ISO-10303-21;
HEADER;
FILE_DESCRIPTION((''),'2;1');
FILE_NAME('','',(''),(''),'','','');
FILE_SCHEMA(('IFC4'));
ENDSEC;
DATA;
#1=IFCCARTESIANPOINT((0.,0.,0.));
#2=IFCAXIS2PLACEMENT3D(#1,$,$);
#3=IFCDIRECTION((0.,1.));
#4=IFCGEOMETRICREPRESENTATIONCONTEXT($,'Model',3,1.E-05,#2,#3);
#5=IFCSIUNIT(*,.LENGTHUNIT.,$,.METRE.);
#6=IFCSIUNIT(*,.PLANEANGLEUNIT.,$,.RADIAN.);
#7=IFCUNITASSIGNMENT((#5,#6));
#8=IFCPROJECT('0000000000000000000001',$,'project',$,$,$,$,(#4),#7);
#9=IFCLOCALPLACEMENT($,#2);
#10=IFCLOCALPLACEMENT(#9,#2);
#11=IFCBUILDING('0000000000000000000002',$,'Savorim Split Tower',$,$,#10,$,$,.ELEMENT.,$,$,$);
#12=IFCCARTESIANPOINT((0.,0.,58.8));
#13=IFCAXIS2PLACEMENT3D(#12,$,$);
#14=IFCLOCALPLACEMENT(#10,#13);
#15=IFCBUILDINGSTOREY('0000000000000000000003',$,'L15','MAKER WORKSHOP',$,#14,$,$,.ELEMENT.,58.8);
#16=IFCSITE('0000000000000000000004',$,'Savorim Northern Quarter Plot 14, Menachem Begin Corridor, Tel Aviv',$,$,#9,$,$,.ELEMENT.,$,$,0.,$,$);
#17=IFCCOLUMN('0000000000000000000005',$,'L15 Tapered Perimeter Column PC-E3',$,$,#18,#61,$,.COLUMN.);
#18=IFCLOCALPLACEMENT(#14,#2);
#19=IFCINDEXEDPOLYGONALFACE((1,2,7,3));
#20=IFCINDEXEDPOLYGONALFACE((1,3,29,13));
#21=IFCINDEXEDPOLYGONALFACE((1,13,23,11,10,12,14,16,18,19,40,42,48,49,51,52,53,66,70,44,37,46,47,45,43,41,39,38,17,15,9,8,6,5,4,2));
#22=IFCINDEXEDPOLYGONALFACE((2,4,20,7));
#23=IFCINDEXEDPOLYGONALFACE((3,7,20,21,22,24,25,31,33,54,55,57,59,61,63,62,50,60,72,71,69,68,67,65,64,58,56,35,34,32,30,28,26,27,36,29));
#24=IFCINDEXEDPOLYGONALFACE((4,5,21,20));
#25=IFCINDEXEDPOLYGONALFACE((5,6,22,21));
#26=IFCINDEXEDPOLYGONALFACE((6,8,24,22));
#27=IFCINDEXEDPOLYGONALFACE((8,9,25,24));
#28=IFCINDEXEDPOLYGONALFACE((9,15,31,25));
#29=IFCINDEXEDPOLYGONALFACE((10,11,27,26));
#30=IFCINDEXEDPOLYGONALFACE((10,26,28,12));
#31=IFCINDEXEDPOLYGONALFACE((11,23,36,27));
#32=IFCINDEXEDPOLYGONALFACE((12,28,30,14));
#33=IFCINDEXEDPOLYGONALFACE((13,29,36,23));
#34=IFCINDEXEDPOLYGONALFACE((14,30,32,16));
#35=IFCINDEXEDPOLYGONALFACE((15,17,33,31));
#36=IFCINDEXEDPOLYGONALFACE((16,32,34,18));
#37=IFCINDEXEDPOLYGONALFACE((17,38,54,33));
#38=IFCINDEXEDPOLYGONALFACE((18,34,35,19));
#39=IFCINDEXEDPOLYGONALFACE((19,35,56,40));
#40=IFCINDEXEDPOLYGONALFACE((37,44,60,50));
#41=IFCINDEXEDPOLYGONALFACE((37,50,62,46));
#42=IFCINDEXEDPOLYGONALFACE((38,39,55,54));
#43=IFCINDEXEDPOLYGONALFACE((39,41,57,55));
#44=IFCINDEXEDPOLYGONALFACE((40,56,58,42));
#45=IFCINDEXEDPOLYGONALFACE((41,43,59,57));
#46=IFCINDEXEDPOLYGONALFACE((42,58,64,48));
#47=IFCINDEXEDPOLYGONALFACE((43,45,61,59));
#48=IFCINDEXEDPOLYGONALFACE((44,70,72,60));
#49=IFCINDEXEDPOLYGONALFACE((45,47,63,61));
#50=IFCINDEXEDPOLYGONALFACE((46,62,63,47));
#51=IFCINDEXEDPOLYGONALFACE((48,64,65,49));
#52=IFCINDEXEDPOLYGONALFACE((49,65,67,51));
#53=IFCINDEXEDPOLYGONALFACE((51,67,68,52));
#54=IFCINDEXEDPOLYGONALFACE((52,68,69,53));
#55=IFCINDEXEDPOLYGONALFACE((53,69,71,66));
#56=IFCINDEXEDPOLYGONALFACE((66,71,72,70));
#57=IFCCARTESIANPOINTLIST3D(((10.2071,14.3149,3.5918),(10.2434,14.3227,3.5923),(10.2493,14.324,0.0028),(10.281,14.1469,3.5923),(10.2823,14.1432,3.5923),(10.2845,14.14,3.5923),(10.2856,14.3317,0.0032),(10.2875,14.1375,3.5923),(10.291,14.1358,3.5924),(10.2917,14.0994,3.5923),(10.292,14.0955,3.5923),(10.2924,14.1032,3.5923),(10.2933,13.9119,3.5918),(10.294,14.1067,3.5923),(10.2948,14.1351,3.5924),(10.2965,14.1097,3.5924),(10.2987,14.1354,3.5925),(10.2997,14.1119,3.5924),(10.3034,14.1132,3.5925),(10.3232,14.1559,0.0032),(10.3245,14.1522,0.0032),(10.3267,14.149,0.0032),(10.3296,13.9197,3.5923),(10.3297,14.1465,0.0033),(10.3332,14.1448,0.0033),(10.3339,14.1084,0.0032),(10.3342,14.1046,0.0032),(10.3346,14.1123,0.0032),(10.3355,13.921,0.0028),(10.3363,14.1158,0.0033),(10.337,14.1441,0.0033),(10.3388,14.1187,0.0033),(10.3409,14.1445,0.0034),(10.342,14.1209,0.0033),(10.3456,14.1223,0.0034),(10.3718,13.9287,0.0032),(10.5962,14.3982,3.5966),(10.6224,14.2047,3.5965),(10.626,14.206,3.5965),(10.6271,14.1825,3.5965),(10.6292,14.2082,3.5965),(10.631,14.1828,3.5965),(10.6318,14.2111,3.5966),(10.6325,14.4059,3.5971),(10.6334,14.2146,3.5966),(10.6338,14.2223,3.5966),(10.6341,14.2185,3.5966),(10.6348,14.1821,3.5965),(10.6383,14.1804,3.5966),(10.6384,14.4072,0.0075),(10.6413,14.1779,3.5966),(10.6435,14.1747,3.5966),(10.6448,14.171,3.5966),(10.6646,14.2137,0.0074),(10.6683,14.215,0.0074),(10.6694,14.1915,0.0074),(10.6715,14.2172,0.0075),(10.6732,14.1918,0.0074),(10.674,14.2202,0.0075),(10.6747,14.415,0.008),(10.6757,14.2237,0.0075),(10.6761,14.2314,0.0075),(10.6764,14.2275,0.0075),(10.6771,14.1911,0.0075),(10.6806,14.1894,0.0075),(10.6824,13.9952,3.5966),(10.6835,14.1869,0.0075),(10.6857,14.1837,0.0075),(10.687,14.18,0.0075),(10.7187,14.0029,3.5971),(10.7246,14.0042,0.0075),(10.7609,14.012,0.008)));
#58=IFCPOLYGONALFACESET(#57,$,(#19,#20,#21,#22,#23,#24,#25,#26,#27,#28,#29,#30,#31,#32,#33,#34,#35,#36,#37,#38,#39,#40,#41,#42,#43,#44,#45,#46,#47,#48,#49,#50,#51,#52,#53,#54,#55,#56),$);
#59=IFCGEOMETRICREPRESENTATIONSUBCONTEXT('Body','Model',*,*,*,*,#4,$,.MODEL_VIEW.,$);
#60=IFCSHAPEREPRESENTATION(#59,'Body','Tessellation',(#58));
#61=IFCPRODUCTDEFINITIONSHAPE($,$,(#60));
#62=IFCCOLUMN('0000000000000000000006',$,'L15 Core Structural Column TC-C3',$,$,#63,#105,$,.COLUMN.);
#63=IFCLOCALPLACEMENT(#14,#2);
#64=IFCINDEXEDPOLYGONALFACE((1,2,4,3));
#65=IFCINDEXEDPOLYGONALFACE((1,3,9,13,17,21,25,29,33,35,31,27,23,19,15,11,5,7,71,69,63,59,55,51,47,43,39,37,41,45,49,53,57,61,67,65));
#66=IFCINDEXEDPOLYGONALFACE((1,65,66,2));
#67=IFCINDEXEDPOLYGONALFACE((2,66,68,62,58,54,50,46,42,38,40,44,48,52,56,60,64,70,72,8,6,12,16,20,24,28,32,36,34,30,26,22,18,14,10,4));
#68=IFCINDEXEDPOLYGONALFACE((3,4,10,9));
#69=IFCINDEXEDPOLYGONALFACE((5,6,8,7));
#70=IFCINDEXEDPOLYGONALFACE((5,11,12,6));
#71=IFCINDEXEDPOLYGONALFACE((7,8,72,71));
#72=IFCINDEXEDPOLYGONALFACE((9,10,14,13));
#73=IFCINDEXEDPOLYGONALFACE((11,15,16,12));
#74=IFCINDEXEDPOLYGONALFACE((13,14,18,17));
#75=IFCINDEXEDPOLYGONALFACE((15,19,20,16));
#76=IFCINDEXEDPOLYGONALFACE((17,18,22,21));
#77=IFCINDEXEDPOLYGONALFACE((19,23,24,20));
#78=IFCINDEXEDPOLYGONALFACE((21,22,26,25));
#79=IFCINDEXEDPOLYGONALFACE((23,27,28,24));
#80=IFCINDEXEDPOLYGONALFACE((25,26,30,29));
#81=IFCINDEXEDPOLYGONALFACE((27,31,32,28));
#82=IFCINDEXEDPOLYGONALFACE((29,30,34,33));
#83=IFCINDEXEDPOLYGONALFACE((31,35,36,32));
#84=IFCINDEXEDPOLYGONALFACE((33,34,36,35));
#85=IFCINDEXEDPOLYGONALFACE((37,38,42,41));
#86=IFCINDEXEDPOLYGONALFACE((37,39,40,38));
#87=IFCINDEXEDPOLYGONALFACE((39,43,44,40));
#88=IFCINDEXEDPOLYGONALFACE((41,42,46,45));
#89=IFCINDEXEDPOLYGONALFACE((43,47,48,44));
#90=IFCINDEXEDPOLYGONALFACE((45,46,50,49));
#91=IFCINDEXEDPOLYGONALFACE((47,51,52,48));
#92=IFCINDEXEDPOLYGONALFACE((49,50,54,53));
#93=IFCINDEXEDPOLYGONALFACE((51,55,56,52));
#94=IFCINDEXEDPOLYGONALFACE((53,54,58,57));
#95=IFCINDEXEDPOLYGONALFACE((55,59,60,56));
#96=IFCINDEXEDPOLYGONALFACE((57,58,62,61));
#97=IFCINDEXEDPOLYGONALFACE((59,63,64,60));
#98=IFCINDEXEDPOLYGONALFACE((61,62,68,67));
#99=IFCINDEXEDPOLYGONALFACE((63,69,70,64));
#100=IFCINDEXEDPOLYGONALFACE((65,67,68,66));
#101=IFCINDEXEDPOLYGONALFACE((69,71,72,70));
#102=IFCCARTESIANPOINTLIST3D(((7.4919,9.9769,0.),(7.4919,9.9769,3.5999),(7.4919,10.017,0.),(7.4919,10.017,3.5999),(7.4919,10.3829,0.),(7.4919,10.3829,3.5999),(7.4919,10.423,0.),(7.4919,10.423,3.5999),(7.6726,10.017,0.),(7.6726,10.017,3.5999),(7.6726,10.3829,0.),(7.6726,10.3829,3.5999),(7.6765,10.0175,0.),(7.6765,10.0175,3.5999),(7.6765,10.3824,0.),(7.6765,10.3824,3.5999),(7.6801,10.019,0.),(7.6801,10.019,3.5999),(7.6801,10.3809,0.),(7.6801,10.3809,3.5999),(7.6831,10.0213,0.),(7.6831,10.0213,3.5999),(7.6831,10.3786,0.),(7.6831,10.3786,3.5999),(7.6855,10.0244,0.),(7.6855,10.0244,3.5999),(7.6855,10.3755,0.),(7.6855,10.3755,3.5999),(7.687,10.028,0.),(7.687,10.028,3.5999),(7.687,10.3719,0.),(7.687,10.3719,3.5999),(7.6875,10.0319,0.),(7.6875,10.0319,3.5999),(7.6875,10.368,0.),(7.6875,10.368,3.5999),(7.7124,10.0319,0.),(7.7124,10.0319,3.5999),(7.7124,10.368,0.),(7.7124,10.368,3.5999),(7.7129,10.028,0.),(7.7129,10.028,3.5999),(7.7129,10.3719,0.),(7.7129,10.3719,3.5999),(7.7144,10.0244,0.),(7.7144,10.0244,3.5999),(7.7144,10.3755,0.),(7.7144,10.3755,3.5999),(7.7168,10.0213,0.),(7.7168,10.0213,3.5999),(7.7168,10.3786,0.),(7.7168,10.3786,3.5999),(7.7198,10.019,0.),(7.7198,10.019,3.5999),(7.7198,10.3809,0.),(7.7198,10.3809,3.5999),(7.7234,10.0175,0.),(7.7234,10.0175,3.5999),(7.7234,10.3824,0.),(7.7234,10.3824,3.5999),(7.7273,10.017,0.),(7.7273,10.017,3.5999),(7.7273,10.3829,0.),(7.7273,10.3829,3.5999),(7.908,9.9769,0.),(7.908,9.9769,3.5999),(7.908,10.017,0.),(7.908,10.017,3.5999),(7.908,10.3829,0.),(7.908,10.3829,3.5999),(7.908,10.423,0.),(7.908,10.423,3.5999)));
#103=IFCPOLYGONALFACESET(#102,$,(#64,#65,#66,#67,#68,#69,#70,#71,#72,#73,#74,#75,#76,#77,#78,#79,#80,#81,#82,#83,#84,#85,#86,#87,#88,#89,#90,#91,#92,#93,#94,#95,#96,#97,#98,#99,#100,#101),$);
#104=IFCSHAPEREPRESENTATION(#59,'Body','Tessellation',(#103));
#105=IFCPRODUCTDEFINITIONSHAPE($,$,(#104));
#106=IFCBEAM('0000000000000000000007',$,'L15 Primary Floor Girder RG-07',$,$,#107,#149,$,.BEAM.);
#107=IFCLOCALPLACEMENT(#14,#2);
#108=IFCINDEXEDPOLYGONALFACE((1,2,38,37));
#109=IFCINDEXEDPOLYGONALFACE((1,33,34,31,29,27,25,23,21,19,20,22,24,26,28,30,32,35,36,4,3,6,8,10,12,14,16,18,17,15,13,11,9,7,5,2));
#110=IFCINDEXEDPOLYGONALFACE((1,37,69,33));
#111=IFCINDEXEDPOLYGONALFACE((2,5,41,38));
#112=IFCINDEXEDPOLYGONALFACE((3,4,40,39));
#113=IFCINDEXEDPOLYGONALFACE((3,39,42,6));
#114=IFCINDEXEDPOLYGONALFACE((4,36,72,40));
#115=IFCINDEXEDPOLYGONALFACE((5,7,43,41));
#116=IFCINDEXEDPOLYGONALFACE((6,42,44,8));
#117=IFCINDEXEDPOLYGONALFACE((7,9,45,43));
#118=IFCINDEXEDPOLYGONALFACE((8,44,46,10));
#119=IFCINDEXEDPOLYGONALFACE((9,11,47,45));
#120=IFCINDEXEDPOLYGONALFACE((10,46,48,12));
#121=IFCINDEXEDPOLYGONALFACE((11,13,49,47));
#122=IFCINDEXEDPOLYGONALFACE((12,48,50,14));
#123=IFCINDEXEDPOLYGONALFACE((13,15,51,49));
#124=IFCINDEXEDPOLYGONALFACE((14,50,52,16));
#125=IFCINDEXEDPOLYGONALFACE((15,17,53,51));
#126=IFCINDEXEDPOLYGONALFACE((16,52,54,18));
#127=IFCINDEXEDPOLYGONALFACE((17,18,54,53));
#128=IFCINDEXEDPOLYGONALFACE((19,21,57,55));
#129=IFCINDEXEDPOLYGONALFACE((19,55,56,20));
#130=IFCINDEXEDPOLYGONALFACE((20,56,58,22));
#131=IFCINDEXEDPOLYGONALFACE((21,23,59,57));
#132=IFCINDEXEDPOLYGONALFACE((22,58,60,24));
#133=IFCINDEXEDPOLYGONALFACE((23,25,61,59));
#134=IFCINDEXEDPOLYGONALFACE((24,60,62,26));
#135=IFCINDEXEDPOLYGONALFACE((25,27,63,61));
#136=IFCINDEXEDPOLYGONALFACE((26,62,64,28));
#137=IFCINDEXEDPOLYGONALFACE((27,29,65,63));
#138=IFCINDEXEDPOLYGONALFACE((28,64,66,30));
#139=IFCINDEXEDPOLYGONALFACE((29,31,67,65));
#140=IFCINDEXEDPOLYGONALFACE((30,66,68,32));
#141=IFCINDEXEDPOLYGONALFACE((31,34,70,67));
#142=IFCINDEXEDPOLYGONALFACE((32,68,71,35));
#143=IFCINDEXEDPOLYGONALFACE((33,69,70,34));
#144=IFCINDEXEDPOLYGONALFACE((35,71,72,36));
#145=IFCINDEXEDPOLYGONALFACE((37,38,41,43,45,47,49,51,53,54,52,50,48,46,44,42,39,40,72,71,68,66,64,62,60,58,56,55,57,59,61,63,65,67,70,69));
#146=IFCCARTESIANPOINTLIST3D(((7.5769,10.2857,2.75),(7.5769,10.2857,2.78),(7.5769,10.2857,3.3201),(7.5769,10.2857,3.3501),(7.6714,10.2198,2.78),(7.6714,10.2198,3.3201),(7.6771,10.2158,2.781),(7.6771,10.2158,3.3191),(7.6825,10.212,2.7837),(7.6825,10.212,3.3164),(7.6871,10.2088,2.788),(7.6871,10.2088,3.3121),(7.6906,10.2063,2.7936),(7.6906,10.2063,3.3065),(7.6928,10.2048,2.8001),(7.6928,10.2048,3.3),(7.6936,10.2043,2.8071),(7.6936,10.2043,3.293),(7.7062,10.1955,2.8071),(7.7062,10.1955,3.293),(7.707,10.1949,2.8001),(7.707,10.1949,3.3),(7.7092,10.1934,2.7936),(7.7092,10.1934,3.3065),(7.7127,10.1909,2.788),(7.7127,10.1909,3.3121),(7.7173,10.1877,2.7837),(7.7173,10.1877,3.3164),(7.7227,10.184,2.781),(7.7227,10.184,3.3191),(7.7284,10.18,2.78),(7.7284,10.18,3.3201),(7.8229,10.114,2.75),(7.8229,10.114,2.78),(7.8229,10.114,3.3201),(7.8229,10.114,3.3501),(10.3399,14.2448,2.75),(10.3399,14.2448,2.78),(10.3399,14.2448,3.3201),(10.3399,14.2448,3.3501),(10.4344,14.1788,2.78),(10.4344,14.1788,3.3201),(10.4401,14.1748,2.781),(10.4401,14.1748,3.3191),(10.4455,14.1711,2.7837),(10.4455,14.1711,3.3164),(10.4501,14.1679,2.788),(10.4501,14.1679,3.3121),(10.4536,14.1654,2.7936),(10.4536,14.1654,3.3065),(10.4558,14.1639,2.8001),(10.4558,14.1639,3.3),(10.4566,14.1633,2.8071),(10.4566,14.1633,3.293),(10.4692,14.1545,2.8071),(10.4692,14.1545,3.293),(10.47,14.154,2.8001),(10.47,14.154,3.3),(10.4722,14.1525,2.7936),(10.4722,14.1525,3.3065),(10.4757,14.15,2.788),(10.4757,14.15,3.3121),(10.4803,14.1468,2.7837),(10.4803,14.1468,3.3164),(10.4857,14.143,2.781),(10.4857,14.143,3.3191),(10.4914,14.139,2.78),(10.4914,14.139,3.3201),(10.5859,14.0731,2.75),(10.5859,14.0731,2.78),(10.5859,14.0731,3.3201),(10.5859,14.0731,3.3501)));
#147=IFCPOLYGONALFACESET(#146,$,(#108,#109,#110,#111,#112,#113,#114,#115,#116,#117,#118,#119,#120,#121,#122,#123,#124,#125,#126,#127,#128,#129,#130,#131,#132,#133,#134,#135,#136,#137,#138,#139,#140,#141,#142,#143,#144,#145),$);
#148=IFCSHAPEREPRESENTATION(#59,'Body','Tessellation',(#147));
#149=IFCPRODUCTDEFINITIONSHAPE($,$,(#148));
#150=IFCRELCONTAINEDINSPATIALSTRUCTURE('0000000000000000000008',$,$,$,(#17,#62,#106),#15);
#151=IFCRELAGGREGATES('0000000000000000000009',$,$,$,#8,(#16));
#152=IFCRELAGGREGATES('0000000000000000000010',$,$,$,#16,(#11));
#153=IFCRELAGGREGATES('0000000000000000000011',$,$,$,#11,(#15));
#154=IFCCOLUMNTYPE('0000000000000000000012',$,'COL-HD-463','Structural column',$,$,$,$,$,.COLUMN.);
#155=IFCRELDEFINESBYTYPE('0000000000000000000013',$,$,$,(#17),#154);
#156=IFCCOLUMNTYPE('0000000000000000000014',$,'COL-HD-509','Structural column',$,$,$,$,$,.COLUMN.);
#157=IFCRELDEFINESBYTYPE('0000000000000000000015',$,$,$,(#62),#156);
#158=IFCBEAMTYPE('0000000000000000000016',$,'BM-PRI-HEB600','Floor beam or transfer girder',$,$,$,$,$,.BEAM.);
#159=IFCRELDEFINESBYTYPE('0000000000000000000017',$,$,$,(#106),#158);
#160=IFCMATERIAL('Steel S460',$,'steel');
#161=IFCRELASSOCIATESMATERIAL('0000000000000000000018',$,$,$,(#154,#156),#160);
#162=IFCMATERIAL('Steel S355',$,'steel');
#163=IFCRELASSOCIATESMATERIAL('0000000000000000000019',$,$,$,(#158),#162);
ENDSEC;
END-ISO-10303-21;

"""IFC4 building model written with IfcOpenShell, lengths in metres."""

from ifc_helpers import new_model, si_unit, direction, frame, origin, origin_2d, place, context, subcontext, project, spatial, i_section, extrude, material, material_profile, profile_set, type_object, element, save


model = new_model("IFC4")

# Units and contexts
model_context = context("Model", 3, precision=1e-05, world=origin(), true_north=direction((0.0, 1.0)))
body_context = subcontext(model_context, "Body", "Model", "MODEL_VIEW")
ifc_project = project(units=[si_unit("LENGTHUNIT", "METRE"), si_unit("PLANEANGLEUNIT", "RADIAN")], contexts=[model_context])

# Site, building, storey
site_placement = place(None, origin())
site = spatial("IfcSite", under=ifc_project, at=site_placement, Name="Savorim Northern Quarter Plot 14, Menachem Begin Corridor, Tel Aviv", CompositionType="ELEMENT", RefElevation=0.0)
building_placement = place(site_placement, origin())
building = spatial("IfcBuilding", under=site, at=building_placement, Name="Savorim Split Tower", CompositionType="ELEMENT")
storey_placement = place(building_placement, frame((0.0, 0.0, 58.8)))
storey = spatial("IfcBuildingStorey", under=building, at=storey_placement, Name="L15", Description="MAKER WORKSHOP", CompositionType="ELEMENT", Elevation=58.8)

# Columns
ifc_material_1 = material(Name="Steel S460", Category="steel")
ifc_material_profile_1 = material_profile(ifc_material_1, i_section(OverallWidth=0.4121, OverallDepth=0.4351, WebThickness=0.0227, FlangeThickness=0.0371, FilletRadius=0.0149, at=origin_2d()), Name="HD 400x463")
ifc_profile_set_1 = profile_set([ifc_material_profile_1], Name="Steel S460")
column_type_1 = type_object("IfcColumnType", Name="COL-HD-463", Description="Structural column", PredefinedType="COLUMN", material=ifc_profile_set_1)
column_1_placement = place(storey_placement, frame((10.5051, 14.168, 0.0054), z_axis=(-0.011767, -0.002517, 0.999928), x_axis=(0.209143, -0.977885, 0.0)))
element("IfcColumn", 1, at=column_1_placement, inside=storey, type_object=column_type_1, Name="L15 Tapered Perimeter Column PC-E3", PredefinedType="COLUMN", context=body_context, shape_type="SweptSolid", body=[
    extrude(i_section(OverallWidth=0.4121, OverallDepth=0.4351, WebThickness=0.0227, FlangeThickness=0.0371, FilletRadius=0.0149, at=origin_2d()), origin(), (0.0, 0.0, 1.0), 3.5894),
])
ifc_material_profile_2 = material_profile(ifc_material_1, i_section(OverallWidth=0.416, OverallDepth=0.446, WebThickness=0.0249, FlangeThickness=0.04, FilletRadius=0.0149, at=origin_2d()), Name="HD 400x509")
ifc_profile_set_2 = profile_set([ifc_material_profile_2], Name="Steel S460")
column_type_2 = type_object("IfcColumnType", Name="COL-HD-509", Description="Structural column", PredefinedType="COLUMN", material=ifc_profile_set_2)
column_2_placement = place(storey_placement, frame((7.7, 10.2, 0.0), z_axis=(0.0, 0.0, 1.0), x_axis=(1.0, 0.0, 0.0)))
element("IfcColumn", 2, at=column_2_placement, inside=storey, type_object=column_type_2, Name="L15 Core Structural Column TC-C3", PredefinedType="COLUMN", context=body_context, shape_type="SweptSolid", body=[
    extrude(i_section(OverallWidth=0.416, OverallDepth=0.446, WebThickness=0.0249, FlangeThickness=0.04, FilletRadius=0.0149, at=origin_2d()), origin(), (0.0, 0.0, 1.0), 3.5999),
])

# Beam
ifc_material_2 = material(Name="Steel S355", Category="steel")
ifc_material_profile_3 = material_profile(ifc_material_2, i_section(OverallWidth=0.3, OverallDepth=0.6001, WebThickness=0.0154, FlangeThickness=0.03, FilletRadius=0.0271, at=origin_2d()), Name="HEB 600")
ifc_profile_set_3 = profile_set([ifc_material_profile_3], Name="Steel S355")
beam_type_1 = type_object("IfcBeamType", Name="BM-PRI-HEB600", Description="Floor beam or transfer girder", PredefinedType="BEAM", material=ifc_profile_set_3)
beam_1_placement = place(storey_placement, frame((10.4629, 14.1589, 3.05), z_axis=(-0.572301, -0.820044, 0.0), x_axis=(0.820044, -0.572301, 0.0)))
element("IfcBeam", 3, at=beam_1_placement, inside=storey, type_object=beam_type_1, Name="L15 Primary Floor Girder RG-07", PredefinedType="BEAM", context=body_context, shape_type="SweptSolid", body=[
    extrude(i_section(OverallWidth=0.3, OverallDepth=0.6001, WebThickness=0.0154, FlangeThickness=0.03, FilletRadius=0.0271, at=origin_2d()), origin(), (0.0, 0.0, 1.0), 4.8279),
])

save(model, "model.ifc")
